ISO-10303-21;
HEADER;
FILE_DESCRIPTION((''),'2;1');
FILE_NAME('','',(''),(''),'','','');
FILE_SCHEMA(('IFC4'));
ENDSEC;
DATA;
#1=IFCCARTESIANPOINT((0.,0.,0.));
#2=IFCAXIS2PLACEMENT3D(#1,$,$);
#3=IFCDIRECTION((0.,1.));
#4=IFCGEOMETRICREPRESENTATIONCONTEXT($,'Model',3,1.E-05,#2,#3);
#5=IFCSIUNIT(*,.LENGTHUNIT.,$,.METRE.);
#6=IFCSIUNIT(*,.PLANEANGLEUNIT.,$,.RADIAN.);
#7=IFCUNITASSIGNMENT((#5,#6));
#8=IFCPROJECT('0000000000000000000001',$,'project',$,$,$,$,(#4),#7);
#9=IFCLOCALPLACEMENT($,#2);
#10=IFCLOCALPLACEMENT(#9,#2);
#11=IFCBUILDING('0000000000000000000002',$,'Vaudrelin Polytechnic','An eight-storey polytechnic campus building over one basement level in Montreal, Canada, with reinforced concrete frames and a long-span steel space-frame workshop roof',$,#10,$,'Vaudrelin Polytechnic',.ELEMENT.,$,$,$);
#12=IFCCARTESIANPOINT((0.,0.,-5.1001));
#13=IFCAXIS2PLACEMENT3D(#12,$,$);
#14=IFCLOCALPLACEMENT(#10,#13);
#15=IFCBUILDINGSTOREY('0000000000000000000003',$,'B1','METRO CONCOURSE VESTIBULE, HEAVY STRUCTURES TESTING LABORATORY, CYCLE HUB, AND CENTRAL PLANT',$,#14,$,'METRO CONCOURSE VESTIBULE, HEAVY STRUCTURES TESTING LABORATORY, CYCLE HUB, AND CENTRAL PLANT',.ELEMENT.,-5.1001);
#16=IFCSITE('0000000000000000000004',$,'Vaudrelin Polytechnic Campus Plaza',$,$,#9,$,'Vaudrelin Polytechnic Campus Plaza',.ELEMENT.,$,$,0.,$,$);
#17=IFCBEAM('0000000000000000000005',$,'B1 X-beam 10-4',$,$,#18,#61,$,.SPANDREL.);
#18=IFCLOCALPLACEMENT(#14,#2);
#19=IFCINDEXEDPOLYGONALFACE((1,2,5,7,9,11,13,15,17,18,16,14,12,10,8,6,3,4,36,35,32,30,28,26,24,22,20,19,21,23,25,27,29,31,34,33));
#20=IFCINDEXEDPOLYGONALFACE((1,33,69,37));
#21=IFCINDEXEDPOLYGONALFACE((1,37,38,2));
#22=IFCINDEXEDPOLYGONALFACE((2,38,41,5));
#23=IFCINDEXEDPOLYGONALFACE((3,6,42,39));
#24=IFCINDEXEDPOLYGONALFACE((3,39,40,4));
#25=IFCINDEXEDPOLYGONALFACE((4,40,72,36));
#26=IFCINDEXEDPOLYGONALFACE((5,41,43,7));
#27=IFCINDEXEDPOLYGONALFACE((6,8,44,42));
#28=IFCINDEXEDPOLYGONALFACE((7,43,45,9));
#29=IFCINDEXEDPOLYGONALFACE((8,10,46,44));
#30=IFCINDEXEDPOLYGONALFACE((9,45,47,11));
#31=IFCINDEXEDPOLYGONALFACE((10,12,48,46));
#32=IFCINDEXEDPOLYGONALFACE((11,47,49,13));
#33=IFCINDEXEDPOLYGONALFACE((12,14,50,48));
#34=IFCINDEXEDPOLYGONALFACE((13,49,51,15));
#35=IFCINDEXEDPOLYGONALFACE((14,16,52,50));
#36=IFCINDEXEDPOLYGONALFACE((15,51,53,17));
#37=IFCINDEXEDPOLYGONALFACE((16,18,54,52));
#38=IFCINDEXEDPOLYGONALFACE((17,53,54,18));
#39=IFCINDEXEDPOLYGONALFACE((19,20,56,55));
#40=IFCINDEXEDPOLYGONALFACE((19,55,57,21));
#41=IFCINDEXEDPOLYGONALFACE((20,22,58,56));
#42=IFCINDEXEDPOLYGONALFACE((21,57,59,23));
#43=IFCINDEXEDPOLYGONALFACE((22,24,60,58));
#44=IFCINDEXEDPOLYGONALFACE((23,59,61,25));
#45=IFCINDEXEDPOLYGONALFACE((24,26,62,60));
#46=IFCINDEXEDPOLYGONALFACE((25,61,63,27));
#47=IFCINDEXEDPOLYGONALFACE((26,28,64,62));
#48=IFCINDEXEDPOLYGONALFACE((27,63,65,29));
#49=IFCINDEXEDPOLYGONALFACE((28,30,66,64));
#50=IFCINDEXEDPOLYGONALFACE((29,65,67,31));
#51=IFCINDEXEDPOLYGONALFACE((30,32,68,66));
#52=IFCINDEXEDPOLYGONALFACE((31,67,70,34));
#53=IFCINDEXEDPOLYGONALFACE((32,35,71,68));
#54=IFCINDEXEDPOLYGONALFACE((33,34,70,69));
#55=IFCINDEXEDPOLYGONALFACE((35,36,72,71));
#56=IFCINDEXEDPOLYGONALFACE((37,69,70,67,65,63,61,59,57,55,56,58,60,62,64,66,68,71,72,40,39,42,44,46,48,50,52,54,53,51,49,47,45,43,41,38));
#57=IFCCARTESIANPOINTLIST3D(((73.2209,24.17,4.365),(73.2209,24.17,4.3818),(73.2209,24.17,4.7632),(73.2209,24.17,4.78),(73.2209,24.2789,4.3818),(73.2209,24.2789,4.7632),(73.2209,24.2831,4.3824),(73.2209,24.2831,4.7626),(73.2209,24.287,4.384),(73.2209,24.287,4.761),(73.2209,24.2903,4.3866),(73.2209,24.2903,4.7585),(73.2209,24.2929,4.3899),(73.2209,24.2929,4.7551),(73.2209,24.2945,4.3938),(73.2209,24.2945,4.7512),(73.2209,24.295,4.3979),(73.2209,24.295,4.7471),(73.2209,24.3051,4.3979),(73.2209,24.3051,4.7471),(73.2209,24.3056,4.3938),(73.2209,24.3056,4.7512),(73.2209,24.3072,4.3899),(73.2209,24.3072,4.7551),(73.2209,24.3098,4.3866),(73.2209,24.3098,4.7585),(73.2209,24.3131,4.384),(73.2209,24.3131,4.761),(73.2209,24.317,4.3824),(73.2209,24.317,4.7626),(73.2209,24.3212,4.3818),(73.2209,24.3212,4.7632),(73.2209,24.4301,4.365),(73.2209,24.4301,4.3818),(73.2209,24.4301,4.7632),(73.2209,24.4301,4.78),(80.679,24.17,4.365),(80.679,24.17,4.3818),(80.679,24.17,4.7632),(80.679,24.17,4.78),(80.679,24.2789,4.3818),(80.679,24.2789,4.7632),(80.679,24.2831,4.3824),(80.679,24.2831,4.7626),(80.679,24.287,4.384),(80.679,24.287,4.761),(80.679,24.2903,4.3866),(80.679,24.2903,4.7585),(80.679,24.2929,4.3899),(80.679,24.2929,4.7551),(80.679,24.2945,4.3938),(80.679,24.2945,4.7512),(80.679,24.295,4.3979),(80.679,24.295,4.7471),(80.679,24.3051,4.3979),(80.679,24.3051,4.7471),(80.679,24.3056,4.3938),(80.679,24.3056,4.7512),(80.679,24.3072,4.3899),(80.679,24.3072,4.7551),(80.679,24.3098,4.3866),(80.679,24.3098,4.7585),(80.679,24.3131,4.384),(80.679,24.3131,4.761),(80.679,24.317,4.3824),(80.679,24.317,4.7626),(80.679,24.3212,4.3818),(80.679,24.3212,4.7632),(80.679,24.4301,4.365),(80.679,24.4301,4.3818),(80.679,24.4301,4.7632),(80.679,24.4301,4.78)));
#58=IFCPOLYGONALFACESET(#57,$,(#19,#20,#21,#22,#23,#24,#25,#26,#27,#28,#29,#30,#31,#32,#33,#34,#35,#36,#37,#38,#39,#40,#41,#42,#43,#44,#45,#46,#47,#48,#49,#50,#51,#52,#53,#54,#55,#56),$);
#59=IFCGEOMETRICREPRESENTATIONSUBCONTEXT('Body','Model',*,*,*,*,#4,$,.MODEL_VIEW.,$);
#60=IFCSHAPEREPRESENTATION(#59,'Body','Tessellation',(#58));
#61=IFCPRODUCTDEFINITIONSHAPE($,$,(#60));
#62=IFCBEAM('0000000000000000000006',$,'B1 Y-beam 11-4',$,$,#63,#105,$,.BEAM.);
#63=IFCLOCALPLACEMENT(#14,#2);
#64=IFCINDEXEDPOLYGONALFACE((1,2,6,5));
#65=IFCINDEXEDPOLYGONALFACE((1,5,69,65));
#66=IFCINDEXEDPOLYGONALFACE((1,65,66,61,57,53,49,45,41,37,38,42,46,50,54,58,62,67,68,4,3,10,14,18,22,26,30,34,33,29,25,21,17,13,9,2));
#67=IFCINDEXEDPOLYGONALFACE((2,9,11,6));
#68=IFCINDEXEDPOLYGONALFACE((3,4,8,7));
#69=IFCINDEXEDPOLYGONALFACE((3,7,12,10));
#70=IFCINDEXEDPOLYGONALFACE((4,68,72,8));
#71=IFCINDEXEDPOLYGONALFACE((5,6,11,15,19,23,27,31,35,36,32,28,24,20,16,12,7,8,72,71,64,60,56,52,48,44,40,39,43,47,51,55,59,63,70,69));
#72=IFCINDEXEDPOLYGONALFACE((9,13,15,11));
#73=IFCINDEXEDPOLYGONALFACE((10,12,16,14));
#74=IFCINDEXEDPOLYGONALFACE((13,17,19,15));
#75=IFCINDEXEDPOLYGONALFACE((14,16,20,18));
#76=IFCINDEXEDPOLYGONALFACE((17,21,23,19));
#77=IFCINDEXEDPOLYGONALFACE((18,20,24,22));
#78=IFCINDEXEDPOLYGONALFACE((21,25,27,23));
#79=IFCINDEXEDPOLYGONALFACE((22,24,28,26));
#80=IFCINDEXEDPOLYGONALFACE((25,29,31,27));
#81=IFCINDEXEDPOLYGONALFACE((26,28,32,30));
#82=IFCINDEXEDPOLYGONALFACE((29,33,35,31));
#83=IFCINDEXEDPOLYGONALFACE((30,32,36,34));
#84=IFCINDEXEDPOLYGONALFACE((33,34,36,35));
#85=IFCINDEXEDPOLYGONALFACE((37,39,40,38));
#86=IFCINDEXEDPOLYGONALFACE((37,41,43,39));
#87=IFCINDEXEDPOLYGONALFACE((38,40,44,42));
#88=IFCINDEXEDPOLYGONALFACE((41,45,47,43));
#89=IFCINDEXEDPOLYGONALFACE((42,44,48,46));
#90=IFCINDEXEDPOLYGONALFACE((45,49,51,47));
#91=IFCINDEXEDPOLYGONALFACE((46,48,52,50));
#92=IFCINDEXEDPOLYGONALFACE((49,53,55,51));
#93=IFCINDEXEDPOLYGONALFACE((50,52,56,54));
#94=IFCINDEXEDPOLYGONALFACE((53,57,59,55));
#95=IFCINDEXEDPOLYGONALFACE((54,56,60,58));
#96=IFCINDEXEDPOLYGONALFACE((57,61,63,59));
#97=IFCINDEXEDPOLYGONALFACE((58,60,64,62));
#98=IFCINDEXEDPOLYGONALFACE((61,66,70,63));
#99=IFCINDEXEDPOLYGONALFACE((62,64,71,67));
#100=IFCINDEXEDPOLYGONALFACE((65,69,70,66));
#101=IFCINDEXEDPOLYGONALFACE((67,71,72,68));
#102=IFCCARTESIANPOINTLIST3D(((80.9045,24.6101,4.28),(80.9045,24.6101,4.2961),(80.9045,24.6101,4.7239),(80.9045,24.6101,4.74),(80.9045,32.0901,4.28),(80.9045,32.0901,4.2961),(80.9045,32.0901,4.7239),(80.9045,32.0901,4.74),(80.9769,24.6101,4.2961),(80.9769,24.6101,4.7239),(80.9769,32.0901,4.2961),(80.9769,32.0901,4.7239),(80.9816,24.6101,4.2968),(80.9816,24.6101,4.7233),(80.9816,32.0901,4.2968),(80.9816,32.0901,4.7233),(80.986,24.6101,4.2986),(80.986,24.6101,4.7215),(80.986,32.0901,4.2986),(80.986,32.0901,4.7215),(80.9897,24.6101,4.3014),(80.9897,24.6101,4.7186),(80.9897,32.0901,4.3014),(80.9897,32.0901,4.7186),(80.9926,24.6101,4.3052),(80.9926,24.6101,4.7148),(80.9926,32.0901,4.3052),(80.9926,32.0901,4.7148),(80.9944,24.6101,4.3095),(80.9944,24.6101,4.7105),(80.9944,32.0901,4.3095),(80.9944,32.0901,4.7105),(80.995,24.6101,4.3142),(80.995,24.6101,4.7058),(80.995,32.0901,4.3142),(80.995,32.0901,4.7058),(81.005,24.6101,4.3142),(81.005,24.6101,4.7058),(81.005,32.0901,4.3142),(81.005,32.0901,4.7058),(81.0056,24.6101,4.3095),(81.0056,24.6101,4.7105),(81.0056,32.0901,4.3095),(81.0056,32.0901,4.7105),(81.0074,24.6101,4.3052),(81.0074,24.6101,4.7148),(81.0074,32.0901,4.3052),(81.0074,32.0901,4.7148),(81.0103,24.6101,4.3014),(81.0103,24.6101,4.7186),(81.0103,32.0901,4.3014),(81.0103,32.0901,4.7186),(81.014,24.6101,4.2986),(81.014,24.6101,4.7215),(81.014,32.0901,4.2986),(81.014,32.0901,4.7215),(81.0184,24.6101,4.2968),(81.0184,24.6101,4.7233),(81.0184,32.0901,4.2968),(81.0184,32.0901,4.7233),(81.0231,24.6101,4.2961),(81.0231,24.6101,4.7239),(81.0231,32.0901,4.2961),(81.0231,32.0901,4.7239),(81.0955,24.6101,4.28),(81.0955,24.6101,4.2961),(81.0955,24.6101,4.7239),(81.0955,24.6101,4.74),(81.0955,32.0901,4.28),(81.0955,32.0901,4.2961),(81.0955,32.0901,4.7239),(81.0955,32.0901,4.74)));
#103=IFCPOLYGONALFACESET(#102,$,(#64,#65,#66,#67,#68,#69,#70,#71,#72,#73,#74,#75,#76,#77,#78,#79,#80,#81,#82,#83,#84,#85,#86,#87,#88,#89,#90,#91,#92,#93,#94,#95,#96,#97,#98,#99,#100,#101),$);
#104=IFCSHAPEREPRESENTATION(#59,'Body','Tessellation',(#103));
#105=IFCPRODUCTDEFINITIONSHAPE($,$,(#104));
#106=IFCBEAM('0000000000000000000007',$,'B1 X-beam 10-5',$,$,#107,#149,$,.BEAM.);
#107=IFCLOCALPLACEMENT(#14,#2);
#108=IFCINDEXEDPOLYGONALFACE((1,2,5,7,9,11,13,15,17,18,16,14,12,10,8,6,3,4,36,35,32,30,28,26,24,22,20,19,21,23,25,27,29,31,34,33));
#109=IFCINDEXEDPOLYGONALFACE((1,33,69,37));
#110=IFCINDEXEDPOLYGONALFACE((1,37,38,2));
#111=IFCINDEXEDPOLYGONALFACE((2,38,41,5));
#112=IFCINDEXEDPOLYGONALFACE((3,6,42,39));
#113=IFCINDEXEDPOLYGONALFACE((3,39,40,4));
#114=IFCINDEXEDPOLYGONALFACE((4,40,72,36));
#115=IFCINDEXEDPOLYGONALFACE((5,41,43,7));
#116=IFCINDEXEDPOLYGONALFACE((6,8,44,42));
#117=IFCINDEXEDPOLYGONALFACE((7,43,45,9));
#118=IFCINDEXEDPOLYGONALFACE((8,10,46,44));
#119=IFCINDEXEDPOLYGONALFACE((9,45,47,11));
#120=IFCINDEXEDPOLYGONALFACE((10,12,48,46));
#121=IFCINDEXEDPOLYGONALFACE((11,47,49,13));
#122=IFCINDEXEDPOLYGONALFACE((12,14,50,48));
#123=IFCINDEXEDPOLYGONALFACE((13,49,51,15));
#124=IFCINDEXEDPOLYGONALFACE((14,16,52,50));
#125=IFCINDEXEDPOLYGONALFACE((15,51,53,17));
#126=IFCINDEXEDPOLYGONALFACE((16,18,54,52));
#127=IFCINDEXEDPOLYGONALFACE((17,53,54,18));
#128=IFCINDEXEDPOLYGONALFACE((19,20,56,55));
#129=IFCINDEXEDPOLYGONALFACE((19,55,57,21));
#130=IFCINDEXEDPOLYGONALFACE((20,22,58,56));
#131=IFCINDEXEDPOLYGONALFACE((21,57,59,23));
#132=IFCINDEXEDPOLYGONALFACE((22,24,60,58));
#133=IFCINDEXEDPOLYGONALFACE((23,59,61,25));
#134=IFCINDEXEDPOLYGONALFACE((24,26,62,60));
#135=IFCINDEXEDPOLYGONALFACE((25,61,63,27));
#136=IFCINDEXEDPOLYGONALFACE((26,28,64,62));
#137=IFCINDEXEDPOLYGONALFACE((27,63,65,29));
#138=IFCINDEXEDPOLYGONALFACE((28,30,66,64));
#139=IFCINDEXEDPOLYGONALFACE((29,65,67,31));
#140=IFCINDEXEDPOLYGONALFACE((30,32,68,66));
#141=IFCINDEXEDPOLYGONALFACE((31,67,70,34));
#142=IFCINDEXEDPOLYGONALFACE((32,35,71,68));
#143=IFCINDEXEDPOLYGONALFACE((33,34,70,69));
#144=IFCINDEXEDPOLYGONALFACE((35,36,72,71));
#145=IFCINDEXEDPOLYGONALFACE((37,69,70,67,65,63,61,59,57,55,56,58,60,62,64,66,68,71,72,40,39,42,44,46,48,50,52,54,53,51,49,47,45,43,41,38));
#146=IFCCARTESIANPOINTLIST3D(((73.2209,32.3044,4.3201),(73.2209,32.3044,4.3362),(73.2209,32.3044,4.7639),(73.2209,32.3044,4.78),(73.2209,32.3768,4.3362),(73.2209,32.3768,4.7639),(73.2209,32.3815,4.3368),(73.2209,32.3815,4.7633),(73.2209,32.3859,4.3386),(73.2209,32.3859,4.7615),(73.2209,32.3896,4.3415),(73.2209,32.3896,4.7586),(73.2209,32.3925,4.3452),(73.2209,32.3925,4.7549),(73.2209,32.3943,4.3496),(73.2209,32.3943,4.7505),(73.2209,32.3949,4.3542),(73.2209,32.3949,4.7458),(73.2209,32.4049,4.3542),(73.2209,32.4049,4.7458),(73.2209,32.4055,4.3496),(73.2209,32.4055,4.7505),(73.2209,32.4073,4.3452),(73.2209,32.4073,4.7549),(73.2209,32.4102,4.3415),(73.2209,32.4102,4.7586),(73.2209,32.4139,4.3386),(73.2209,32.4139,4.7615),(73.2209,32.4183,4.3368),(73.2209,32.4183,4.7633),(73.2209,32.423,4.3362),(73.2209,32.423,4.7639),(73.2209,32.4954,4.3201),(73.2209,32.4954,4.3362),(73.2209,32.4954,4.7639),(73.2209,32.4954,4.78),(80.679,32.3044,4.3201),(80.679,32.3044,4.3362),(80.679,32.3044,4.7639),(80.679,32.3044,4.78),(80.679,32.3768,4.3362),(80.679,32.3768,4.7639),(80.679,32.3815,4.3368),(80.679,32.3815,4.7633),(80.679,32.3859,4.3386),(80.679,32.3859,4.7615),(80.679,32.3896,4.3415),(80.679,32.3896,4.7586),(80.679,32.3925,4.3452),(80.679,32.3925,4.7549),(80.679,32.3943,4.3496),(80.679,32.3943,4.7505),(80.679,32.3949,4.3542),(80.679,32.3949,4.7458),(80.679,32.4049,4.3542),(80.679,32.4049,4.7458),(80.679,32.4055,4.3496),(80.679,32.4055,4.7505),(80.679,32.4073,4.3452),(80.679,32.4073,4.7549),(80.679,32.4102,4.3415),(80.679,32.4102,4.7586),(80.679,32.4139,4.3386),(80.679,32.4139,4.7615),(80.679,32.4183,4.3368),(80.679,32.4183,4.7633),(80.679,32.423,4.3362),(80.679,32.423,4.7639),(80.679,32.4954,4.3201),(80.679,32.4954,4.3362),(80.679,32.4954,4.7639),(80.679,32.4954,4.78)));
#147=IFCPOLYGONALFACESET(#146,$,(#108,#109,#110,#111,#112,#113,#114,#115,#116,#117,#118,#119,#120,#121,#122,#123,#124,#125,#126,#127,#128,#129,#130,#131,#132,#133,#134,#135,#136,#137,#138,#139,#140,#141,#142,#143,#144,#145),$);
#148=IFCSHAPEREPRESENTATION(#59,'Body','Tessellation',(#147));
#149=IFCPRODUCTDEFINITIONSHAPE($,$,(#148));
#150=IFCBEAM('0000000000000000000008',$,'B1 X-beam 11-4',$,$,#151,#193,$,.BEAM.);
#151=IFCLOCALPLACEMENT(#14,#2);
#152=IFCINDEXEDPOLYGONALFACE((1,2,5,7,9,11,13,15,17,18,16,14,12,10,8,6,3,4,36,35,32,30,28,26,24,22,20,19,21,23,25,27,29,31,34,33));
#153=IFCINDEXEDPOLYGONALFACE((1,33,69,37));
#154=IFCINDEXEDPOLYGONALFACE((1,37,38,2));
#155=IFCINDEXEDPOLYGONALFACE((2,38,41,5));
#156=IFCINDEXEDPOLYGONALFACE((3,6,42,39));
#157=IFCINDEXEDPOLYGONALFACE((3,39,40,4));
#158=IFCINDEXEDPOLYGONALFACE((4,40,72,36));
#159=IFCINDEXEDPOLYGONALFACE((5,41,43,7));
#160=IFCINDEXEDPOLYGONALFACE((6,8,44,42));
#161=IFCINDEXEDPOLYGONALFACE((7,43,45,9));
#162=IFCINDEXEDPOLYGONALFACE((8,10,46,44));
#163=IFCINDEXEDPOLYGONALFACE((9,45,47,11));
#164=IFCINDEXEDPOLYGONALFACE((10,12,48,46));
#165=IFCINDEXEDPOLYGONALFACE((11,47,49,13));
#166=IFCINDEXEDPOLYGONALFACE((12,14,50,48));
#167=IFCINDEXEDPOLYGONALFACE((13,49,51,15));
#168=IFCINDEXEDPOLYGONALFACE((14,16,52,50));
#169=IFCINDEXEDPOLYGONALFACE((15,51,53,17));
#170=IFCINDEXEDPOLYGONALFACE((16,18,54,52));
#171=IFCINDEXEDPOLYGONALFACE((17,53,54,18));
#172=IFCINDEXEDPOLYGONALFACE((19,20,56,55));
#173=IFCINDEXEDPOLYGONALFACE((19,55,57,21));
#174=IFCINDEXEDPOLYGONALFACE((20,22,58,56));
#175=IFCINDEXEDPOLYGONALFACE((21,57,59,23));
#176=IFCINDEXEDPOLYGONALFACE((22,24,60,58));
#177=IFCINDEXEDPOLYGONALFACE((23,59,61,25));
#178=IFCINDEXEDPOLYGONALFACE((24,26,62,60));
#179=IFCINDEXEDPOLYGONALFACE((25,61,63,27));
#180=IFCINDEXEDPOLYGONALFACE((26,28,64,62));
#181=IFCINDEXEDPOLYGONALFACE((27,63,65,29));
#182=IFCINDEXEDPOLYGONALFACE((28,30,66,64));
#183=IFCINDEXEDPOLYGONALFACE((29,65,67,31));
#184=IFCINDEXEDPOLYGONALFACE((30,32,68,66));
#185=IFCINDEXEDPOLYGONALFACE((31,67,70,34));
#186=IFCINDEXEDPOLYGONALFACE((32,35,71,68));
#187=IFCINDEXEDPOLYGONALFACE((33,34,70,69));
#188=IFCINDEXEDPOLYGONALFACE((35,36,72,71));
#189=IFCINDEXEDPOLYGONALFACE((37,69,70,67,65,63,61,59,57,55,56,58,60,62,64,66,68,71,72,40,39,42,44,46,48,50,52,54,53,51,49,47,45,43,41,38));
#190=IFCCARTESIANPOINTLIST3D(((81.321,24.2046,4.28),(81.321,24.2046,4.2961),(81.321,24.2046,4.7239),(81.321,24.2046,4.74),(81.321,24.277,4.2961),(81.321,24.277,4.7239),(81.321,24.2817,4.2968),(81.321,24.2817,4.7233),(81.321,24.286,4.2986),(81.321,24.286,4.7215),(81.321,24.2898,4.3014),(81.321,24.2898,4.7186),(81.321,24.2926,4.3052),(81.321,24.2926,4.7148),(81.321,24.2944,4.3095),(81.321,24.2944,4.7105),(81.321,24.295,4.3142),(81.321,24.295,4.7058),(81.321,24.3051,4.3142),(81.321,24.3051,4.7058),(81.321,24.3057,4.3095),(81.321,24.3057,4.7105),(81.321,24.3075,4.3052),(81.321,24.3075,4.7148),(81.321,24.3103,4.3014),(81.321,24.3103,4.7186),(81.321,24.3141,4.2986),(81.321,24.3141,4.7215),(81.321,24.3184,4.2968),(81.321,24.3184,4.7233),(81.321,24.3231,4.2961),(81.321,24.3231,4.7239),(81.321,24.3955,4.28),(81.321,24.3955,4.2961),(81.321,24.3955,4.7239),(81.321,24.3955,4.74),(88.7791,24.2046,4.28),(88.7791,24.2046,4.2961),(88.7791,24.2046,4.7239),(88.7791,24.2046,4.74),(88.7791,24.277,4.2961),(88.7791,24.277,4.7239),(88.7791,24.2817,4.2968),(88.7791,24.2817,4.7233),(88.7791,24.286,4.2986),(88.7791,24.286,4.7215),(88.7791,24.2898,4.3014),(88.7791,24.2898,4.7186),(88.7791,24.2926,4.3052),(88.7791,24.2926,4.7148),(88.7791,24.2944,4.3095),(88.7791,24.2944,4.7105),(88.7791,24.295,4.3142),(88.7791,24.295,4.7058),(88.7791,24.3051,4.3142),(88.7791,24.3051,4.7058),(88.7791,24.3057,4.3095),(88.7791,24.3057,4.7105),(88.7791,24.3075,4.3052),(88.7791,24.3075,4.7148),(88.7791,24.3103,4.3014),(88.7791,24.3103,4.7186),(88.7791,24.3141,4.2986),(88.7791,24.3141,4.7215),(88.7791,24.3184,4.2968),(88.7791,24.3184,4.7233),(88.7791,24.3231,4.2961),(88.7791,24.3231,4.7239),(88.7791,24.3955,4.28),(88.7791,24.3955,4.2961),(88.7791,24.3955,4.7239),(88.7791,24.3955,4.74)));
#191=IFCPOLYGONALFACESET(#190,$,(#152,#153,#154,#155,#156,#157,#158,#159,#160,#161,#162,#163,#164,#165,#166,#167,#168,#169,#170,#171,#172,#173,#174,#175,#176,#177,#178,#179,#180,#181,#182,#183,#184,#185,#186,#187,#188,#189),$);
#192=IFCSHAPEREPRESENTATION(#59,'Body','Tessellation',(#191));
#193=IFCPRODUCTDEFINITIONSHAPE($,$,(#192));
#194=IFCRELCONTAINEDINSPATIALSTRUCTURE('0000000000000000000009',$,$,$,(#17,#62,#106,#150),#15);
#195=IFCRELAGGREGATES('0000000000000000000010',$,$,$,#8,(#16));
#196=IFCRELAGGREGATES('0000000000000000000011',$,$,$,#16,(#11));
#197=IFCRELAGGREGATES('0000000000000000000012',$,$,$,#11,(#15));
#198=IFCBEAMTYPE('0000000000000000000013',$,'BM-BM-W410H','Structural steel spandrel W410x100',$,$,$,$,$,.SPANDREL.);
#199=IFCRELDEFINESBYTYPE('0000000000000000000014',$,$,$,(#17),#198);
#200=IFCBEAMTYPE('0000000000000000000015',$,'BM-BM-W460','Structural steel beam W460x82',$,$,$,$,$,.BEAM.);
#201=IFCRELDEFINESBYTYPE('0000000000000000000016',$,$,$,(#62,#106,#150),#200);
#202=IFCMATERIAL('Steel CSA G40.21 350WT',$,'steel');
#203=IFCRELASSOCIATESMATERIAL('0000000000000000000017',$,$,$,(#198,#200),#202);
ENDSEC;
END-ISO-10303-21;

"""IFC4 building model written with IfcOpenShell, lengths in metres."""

from ifc_helpers import new_model, si_unit, direction, frame, origin, origin_2d, place, context, subcontext, project, spatial, i_section, extrude, material, material_profile, profile_set, type_object, element, save


model = new_model("IFC4")

# Units and contexts
model_context = context("Model", 3, precision=1e-05, world=origin(), true_north=direction((0.0, 1.0)))
body_context = subcontext(model_context, "Body", "Model", "MODEL_VIEW")
ifc_project = project(units=[si_unit("LENGTHUNIT", "METRE"), si_unit("PLANEANGLEUNIT", "RADIAN")], contexts=[model_context])

# Site, building, storey
site_placement = place(None, origin())
site = spatial("IfcSite", under=ifc_project, at=site_placement, Name="Vaudrelin Polytechnic Campus Plaza", LongName="Vaudrelin Polytechnic Campus Plaza", CompositionType="ELEMENT", RefElevation=0.0)
building_placement = place(site_placement, origin())
building = spatial("IfcBuilding", under=site, at=building_placement, Name="Vaudrelin Polytechnic", Description="An eight-storey polytechnic campus building over one basement level in Montreal, Canada, with reinforced concrete frames and a long-span steel space-frame workshop roof", LongName="Vaudrelin Polytechnic", CompositionType="ELEMENT")
storey_placement = place(building_placement, frame((0.0, 0.0, -5.1001)))
storey = spatial("IfcBuildingStorey", under=building, at=storey_placement, Name="B1", Description="METRO CONCOURSE VESTIBULE, HEAVY STRUCTURES TESTING LABORATORY, CYCLE HUB, AND CENTRAL PLANT", LongName="METRO CONCOURSE VESTIBULE, HEAVY STRUCTURES TESTING LABORATORY, CYCLE HUB, AND CENTRAL PLANT", CompositionType="ELEMENT", Elevation=-5.1001)

# Beams
ifc_material_1 = material(Name="Steel CSA G40.21 350WT", Category="steel")
ifc_material_profile_1 = material_profile(ifc_material_1, i_section(OverallWidth=0.26, OverallDepth=0.415, WebThickness=0.01, FlangeThickness=0.0168, FilletRadius=0.0161, at=origin_2d()), Name="W410x100")
ifc_profile_set_1 = profile_set([ifc_material_profile_1], Name="Steel CSA G40.21 350WT")
beam_type_1 = type_object("IfcBeamType", Name="BM-BM-W410H", Description="Structural steel spandrel W410x100", PredefinedType="SPANDREL", material=ifc_profile_set_1)
beam_1_placement = place(storey_placement, frame((73.2209, 24.3, 4.5725), z_axis=(1.0, 0.0, 0.0), x_axis=(0.0, 1.0, 0.0)))
element("IfcBeam", 1, at=beam_1_placement, inside=storey, type_object=beam_type_1, Name="B1 X-beam 10-4", PredefinedType="SPANDREL", context=body_context, shape_type="SweptSolid", body=[
    extrude(i_section(OverallWidth=0.26, OverallDepth=0.415, WebThickness=0.01, FlangeThickness=0.0168, FilletRadius=0.0161, at=origin_2d()), origin(), (0.0, 0.0, 1.0), 7.458),
])
ifc_material_profile_2 = material_profile(ifc_material_1, i_section(OverallWidth=0.1909, OverallDepth=0.46, WebThickness=0.01, FlangeThickness=0.0161, FilletRadius=0.0181, at=origin_2d()), Name="W460x82")
ifc_profile_set_2 = profile_set([ifc_material_profile_2], Name="Steel CSA G40.21 350WT")
beam_type_2 = type_object("IfcBeamType", Name="BM-BM-W460", Description="Structural steel beam W460x82", PredefinedType="BEAM", material=ifc_profile_set_2)
beam_2_placement = place(storey_placement, frame((81.0, 24.6101, 4.51), z_axis=(0.0, 1.0, 0.0), x_axis=(-1.0, 0.0, 0.0)))
element("IfcBeam", 2, at=beam_2_placement, inside=storey, type_object=beam_type_2, Name="B1 Y-beam 11-4", PredefinedType="BEAM", context=body_context, shape_type="SweptSolid", body=[
    extrude(i_section(OverallWidth=0.1909, OverallDepth=0.46, WebThickness=0.01, FlangeThickness=0.0161, FilletRadius=0.0181, at=origin_2d()), origin(), (0.0, 0.0, 1.0), 7.48),
])
for number, where, z_axis, x_axis, name in (
    (3, (73.2209, 32.3999, 4.55), (1.0, 0.0, 0.0), (0.0, 1.0, 0.0), "B1 X-beam 10-5"),
    (4, (81.321, 24.3, 4.51), (1.0, 0.0, 0.0), (0.0, 1.0, 0.0), "B1 X-beam 11-4"),
):
    element("IfcBeam", number, at=place(storey_placement, frame(where, z_axis=z_axis, x_axis=x_axis)), inside=storey, type_object=beam_type_2, Name=name, PredefinedType="BEAM", context=body_context, shape_type="SweptSolid", body=[
        extrude(i_section(OverallWidth=0.1909, OverallDepth=0.46, WebThickness=0.01, FlangeThickness=0.0161, FilletRadius=0.0181, at=origin_2d()), origin(), (0.0, 0.0, 1.0), 7.458),
    ])

save(model, "model.ifc")
